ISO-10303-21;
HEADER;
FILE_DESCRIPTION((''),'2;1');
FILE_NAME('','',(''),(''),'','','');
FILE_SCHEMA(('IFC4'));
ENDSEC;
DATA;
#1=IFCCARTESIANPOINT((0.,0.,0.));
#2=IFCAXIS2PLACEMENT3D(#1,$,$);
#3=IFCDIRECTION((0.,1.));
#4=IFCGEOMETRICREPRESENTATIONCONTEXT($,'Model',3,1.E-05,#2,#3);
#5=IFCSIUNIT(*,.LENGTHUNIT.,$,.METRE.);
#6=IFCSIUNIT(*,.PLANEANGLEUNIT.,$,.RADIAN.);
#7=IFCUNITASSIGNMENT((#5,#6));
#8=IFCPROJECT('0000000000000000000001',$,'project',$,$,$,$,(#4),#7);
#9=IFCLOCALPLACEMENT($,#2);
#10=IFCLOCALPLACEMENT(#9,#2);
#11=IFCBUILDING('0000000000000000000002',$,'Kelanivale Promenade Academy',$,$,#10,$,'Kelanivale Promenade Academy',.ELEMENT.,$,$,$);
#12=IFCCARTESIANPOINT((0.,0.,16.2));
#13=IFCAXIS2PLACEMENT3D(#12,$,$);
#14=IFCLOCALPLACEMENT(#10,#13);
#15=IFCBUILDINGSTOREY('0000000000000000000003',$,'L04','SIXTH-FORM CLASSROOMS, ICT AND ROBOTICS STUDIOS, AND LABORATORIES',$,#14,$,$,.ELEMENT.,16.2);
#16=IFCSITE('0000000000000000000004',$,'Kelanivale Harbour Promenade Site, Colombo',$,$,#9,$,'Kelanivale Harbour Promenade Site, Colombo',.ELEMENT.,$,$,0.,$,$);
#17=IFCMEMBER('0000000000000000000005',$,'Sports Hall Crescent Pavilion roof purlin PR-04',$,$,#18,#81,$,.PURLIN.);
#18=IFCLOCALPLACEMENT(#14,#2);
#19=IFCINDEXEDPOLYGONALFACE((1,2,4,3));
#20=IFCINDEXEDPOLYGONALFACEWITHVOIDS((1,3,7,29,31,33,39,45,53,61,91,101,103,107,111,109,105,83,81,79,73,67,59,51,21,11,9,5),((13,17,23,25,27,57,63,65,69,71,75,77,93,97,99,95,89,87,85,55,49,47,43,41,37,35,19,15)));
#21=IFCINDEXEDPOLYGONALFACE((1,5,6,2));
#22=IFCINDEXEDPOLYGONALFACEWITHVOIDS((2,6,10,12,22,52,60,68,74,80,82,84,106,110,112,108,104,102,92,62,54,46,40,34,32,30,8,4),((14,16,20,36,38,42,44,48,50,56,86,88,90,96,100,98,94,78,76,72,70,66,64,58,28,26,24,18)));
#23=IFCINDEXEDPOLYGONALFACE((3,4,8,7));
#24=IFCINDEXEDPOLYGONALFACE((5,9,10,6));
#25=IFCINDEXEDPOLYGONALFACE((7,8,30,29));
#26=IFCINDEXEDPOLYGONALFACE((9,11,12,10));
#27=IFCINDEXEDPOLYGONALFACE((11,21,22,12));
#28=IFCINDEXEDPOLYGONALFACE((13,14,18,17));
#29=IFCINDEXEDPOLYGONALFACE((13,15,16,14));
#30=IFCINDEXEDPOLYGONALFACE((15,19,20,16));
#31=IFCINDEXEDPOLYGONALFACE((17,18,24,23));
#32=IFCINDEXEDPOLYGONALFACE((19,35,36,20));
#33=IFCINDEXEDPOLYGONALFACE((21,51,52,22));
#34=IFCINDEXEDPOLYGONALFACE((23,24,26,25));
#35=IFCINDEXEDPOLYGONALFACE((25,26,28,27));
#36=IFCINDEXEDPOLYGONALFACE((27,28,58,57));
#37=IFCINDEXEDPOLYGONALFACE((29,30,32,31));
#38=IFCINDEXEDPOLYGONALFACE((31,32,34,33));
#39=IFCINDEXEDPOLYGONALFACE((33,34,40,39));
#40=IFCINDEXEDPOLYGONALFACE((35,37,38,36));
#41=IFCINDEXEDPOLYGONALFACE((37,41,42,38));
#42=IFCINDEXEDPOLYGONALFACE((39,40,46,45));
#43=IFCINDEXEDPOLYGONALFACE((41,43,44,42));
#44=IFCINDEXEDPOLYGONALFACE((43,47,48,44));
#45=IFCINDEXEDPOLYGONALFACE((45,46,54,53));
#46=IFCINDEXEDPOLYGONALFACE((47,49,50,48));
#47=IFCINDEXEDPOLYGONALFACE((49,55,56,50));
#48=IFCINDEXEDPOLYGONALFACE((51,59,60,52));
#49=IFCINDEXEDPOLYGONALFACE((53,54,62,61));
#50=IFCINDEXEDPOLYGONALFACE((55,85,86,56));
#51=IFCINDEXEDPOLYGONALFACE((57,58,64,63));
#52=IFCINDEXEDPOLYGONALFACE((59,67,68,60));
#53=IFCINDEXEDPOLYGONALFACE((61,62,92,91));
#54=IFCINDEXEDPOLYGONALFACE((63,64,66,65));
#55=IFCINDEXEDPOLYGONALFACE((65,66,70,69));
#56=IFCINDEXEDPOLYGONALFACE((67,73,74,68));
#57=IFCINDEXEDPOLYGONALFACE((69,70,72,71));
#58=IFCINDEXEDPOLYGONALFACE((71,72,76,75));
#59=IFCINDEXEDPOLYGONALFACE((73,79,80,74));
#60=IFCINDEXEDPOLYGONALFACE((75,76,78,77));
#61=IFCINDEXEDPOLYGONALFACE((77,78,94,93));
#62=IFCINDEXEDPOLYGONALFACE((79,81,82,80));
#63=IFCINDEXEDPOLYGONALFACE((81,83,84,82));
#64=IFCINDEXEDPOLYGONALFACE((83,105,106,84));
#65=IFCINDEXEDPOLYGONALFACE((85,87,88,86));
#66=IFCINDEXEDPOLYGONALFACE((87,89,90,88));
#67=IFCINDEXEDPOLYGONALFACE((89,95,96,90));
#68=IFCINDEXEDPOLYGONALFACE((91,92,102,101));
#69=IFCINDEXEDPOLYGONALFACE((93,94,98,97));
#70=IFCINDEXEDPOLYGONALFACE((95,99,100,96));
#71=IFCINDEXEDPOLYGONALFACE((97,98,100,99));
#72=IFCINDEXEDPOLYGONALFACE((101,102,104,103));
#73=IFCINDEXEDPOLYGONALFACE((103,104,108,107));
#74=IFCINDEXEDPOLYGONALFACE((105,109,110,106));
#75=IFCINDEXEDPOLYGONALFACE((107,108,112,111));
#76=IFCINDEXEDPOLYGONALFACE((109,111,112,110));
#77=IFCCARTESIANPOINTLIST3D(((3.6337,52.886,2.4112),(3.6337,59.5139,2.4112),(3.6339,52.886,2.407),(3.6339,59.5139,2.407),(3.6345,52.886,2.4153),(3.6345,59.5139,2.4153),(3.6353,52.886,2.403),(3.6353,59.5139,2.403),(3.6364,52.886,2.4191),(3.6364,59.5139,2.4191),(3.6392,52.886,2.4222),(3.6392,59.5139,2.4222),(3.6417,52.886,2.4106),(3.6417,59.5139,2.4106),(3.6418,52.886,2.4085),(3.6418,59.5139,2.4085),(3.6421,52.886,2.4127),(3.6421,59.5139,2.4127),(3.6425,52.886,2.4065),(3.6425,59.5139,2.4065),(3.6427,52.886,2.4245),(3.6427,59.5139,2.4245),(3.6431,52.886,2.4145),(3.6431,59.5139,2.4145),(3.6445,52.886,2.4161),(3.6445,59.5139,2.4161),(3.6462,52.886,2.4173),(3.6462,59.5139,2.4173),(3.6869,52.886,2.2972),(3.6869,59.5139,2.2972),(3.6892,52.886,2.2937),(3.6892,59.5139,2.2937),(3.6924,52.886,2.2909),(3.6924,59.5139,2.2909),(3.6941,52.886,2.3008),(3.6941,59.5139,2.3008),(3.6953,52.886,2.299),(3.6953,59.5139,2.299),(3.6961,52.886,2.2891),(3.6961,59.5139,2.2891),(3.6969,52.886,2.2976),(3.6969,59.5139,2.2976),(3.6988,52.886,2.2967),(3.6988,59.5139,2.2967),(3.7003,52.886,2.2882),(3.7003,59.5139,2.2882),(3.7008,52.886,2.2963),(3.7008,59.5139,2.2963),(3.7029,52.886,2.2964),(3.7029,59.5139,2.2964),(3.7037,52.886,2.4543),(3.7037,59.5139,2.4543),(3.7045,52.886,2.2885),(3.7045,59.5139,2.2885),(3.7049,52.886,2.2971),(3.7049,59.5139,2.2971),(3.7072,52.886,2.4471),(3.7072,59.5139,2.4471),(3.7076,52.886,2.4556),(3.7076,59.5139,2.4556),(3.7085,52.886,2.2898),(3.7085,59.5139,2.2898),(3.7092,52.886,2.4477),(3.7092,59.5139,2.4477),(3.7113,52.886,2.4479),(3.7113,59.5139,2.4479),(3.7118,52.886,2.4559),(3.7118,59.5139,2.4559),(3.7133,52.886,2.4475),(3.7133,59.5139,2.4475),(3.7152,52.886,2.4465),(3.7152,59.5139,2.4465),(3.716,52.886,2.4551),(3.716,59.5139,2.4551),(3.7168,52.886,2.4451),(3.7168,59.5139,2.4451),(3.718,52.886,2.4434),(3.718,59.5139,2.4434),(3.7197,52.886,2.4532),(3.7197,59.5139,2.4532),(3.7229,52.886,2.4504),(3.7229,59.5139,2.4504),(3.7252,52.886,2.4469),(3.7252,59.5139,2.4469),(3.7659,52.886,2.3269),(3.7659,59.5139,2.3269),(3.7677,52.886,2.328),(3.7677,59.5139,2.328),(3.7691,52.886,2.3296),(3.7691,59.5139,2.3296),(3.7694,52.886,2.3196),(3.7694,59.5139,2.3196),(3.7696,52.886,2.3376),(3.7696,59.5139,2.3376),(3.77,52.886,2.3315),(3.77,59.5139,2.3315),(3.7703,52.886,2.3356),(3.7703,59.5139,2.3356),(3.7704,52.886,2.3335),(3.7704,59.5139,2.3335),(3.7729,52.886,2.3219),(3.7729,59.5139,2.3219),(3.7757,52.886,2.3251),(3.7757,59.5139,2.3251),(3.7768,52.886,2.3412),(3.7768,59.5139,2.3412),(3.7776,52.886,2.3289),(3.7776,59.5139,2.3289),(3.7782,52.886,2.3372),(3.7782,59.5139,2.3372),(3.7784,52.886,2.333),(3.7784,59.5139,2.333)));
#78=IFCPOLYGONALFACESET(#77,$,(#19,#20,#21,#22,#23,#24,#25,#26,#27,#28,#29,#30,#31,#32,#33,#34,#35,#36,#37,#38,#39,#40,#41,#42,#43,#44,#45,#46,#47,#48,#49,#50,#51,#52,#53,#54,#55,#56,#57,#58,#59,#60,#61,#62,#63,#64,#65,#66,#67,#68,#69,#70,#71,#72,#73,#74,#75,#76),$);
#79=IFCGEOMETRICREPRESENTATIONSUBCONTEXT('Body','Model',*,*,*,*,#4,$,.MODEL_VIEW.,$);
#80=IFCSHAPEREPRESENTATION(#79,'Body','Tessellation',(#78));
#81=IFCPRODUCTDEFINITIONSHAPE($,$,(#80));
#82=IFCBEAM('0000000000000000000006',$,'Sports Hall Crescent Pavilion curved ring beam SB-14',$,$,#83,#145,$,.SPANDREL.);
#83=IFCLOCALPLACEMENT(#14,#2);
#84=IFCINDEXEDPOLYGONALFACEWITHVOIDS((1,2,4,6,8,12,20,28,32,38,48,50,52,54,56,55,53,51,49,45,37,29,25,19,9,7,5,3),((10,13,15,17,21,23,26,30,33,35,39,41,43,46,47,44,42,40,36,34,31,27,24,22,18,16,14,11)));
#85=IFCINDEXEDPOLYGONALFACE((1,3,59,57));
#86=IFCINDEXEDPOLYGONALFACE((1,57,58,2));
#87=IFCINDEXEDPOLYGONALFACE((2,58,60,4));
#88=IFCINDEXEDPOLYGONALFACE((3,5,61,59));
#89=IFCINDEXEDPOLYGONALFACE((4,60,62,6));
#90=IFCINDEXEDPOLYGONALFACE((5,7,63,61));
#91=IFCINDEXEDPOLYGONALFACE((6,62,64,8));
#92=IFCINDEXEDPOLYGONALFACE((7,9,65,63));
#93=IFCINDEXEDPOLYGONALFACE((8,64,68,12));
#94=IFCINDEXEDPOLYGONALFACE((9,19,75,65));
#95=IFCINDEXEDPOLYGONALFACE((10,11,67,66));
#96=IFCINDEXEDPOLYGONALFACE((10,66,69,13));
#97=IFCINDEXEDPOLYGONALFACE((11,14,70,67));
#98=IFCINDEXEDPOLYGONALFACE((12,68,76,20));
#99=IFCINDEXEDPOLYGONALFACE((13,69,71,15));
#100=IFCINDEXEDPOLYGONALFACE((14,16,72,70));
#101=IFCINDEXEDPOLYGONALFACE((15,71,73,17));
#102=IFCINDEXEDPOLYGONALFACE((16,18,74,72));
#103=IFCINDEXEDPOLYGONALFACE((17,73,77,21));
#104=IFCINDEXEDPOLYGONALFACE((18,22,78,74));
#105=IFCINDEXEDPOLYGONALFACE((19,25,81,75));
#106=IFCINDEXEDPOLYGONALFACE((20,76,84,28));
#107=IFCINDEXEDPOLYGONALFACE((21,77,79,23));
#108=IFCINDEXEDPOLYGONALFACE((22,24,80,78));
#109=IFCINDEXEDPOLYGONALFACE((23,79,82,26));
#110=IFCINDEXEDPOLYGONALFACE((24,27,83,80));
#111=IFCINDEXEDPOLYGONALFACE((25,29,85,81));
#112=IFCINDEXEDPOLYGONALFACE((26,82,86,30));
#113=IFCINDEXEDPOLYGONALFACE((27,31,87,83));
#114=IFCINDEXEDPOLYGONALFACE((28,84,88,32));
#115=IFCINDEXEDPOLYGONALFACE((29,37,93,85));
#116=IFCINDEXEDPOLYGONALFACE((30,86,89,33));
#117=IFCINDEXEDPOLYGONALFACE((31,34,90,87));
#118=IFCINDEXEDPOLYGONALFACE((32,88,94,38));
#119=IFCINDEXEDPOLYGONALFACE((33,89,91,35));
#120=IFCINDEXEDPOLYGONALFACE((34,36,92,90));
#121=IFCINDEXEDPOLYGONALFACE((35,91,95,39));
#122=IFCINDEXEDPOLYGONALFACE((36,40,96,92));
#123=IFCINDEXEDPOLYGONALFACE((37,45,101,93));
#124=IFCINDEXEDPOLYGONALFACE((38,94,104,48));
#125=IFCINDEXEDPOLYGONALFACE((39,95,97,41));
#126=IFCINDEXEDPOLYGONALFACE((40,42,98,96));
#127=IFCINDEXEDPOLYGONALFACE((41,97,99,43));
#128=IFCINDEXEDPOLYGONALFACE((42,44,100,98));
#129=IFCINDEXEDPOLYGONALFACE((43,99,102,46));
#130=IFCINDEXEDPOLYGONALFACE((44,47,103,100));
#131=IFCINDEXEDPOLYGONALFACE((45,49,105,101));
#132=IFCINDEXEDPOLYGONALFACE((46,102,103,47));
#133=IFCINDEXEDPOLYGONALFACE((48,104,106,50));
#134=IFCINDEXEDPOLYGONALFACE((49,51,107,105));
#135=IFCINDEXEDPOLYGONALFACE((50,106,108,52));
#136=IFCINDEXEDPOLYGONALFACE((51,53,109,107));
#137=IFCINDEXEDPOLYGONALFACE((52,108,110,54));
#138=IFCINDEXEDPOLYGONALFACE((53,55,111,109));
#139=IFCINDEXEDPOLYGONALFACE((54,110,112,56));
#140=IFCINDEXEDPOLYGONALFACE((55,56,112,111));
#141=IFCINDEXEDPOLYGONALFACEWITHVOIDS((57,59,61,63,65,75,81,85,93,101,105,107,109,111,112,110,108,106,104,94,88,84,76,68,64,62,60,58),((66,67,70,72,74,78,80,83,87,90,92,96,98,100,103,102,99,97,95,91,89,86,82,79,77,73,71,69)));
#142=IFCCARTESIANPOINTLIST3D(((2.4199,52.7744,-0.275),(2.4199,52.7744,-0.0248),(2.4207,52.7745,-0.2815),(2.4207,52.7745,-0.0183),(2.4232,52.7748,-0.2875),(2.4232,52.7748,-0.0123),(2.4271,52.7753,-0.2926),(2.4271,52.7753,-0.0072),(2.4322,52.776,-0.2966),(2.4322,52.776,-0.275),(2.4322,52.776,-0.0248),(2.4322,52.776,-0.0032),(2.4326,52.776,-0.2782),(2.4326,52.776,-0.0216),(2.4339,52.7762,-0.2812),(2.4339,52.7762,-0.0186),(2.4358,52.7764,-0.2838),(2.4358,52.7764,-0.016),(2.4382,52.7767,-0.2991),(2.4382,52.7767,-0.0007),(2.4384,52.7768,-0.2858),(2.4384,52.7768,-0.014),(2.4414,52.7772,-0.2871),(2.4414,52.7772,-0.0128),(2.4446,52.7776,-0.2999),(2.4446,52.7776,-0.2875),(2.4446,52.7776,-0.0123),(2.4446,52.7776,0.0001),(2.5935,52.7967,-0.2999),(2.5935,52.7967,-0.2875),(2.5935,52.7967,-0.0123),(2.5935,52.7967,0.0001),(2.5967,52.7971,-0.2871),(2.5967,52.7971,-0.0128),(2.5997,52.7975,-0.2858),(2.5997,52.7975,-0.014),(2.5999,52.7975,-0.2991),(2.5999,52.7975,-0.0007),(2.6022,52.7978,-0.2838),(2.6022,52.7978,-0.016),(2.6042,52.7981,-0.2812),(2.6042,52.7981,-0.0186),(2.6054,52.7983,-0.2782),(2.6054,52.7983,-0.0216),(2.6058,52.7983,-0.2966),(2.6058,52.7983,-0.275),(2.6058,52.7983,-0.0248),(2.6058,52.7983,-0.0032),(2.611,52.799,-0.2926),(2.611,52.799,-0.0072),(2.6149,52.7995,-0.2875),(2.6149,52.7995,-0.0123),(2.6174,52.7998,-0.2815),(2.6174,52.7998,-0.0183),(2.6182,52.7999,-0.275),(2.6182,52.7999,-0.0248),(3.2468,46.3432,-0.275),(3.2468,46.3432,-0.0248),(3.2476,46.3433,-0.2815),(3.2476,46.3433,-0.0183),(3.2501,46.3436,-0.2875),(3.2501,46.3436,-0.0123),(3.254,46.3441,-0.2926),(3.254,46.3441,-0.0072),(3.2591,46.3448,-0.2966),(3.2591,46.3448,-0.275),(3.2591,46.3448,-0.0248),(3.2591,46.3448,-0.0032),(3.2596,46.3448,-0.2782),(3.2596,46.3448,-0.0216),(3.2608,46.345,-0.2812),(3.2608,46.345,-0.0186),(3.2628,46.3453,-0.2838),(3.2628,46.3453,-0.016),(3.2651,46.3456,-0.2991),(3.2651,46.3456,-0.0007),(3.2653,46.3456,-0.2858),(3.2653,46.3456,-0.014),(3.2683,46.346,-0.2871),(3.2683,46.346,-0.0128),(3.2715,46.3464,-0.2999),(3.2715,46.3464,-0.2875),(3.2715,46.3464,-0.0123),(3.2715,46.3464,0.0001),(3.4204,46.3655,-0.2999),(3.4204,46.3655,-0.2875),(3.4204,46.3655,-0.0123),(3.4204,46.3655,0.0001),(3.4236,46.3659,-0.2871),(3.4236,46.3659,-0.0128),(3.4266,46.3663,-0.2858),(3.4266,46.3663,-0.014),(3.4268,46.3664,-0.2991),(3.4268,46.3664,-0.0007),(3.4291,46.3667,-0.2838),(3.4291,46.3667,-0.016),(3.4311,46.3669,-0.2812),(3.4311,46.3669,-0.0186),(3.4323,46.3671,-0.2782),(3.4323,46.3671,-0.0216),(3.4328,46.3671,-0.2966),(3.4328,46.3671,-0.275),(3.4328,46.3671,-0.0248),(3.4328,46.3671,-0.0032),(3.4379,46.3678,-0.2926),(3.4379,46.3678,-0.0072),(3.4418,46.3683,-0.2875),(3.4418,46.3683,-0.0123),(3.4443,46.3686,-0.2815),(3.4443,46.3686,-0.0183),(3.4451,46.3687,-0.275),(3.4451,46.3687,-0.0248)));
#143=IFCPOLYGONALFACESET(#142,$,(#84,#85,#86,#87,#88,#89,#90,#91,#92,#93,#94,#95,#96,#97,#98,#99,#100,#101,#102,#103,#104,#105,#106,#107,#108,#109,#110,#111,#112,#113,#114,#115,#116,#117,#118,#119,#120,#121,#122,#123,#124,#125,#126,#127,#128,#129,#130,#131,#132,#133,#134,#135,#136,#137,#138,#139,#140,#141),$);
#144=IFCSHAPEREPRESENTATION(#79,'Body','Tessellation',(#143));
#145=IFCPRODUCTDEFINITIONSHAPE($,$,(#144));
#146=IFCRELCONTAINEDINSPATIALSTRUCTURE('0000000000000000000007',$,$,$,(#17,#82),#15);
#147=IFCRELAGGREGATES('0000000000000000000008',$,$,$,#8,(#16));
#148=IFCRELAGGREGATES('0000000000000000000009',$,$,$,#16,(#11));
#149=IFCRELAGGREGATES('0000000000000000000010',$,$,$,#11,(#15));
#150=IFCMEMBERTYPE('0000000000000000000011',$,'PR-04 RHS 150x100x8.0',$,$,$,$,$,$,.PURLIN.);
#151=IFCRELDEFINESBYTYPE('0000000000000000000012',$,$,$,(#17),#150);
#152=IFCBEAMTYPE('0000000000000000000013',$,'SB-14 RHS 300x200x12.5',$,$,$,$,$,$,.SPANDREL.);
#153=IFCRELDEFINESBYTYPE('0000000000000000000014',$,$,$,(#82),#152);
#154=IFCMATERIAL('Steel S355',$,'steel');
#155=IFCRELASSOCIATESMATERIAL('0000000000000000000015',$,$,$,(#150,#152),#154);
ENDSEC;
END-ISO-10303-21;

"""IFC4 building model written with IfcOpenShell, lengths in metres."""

from ifc_helpers import new_model, si_unit, direction, frame, origin, origin_2d, place, context, subcontext, project, spatial, hollow_rectangle, extrude, material, material_profile, profile_set, type_object, element, save


model = new_model("IFC4")

# Units and contexts
model_context = context("Model", 3, precision=1e-05, world=origin(), true_north=direction((0.0, 1.0)))
body_context = subcontext(model_context, "Body", "Model", "MODEL_VIEW")
ifc_project = project(units=[si_unit("LENGTHUNIT", "METRE"), si_unit("PLANEANGLEUNIT", "RADIAN")], contexts=[model_context])

# Site, building, storey
site_placement = place(None, origin())
site = spatial("IfcSite", under=ifc_project, at=site_placement, Name="Kelanivale Harbour Promenade Site, Colombo", LongName="Kelanivale Harbour Promenade Site, Colombo", CompositionType="ELEMENT", RefElevation=0.0)
building_placement = place(site_placement, origin())
building = spatial("IfcBuilding", under=site, at=building_placement, Name="Kelanivale Promenade Academy", LongName="Kelanivale Promenade Academy", CompositionType="ELEMENT")
storey_placement = place(building_placement, frame((0.0, 0.0, 16.2)))
storey = spatial("IfcBuildingStorey", under=building, at=storey_placement, Name="L04", Description="SIXTH-FORM CLASSROOMS, ICT AND ROBOTICS STUDIOS, AND LABORATORIES", CompositionType="ELEMENT", Elevation=16.2)

# Shared definitions
ifc_material_1 = material(Name="Steel S355", Category="steel")

# Member
ifc_material_profile_1 = material_profile(ifc_material_1, hollow_rectangle(XDim=0.1001, YDim=0.1499, WallThickness=0.0081, InnerFilletRadius=0.0081, OuterFilletRadius=0.0161, at=origin_2d()), Name="RHS 150x100x8.0")
ifc_profile_set_1 = profile_set([ifc_material_profile_1], Name="Steel S355")
member_type_1 = type_object("IfcMemberType", Name="PR-04 RHS 150x100x8.0", PredefinedType="PURLIN", material=ifc_profile_set_1)
member_1_placement = place(storey_placement, frame((3.7061, 52.886, 2.3721), z_axis=(0.0, 1.0, 0.0), x_axis=(-0.898564, 0.0, -0.438842)))
element("IfcMember", 1, at=member_1_placement, inside=storey, type_object=member_type_1, Name="Sports Hall Crescent Pavilion roof purlin PR-04", PredefinedType="PURLIN", context=body_context, shape_type="SweptSolid", body=[
    extrude(hollow_rectangle(XDim=0.1001, YDim=0.1499, WallThickness=0.0081, InnerFilletRadius=0.0081, OuterFilletRadius=0.0161, at=origin_2d()), origin(), (0.0, 0.0, 1.0), 6.6279),
])

# Beam
ifc_material_profile_2 = material_profile(ifc_material_1, hollow_rectangle(XDim=0.2, YDim=0.3, WallThickness=0.0125, InnerFilletRadius=0.0125, OuterFilletRadius=0.0249, at=origin_2d()), Name="RHS 300x200x12.5")
ifc_profile_set_2 = profile_set([ifc_material_profile_2], Name="Steel S355")
beam_type = type_object("IfcBeamType", Name="SB-14 RHS 300x200x12.5", PredefinedType="SPANDREL", material=ifc_profile_set_2)
beam_placement = place(storey_placement, frame((3.3459, 46.356, -0.1499), z_axis=(-0.127528, 0.991835, 0.0), x_axis=(-0.991835, -0.127528, 0.0)))
element("IfcBeam", 2, at=beam_placement, inside=storey, type_object=beam_type, Name="Sports Hall Crescent Pavilion curved ring beam SB-14", PredefinedType="SPANDREL", context=body_context, shape_type="SweptSolid", body=[
    extrude(hollow_rectangle(XDim=0.2, YDim=0.3, WallThickness=0.0125, InnerFilletRadius=0.0125, OuterFilletRadius=0.0249, at=origin_2d()), origin(), (0.0, 0.0, 1.0), 6.4841),
])

save(model, "model.ifc")
